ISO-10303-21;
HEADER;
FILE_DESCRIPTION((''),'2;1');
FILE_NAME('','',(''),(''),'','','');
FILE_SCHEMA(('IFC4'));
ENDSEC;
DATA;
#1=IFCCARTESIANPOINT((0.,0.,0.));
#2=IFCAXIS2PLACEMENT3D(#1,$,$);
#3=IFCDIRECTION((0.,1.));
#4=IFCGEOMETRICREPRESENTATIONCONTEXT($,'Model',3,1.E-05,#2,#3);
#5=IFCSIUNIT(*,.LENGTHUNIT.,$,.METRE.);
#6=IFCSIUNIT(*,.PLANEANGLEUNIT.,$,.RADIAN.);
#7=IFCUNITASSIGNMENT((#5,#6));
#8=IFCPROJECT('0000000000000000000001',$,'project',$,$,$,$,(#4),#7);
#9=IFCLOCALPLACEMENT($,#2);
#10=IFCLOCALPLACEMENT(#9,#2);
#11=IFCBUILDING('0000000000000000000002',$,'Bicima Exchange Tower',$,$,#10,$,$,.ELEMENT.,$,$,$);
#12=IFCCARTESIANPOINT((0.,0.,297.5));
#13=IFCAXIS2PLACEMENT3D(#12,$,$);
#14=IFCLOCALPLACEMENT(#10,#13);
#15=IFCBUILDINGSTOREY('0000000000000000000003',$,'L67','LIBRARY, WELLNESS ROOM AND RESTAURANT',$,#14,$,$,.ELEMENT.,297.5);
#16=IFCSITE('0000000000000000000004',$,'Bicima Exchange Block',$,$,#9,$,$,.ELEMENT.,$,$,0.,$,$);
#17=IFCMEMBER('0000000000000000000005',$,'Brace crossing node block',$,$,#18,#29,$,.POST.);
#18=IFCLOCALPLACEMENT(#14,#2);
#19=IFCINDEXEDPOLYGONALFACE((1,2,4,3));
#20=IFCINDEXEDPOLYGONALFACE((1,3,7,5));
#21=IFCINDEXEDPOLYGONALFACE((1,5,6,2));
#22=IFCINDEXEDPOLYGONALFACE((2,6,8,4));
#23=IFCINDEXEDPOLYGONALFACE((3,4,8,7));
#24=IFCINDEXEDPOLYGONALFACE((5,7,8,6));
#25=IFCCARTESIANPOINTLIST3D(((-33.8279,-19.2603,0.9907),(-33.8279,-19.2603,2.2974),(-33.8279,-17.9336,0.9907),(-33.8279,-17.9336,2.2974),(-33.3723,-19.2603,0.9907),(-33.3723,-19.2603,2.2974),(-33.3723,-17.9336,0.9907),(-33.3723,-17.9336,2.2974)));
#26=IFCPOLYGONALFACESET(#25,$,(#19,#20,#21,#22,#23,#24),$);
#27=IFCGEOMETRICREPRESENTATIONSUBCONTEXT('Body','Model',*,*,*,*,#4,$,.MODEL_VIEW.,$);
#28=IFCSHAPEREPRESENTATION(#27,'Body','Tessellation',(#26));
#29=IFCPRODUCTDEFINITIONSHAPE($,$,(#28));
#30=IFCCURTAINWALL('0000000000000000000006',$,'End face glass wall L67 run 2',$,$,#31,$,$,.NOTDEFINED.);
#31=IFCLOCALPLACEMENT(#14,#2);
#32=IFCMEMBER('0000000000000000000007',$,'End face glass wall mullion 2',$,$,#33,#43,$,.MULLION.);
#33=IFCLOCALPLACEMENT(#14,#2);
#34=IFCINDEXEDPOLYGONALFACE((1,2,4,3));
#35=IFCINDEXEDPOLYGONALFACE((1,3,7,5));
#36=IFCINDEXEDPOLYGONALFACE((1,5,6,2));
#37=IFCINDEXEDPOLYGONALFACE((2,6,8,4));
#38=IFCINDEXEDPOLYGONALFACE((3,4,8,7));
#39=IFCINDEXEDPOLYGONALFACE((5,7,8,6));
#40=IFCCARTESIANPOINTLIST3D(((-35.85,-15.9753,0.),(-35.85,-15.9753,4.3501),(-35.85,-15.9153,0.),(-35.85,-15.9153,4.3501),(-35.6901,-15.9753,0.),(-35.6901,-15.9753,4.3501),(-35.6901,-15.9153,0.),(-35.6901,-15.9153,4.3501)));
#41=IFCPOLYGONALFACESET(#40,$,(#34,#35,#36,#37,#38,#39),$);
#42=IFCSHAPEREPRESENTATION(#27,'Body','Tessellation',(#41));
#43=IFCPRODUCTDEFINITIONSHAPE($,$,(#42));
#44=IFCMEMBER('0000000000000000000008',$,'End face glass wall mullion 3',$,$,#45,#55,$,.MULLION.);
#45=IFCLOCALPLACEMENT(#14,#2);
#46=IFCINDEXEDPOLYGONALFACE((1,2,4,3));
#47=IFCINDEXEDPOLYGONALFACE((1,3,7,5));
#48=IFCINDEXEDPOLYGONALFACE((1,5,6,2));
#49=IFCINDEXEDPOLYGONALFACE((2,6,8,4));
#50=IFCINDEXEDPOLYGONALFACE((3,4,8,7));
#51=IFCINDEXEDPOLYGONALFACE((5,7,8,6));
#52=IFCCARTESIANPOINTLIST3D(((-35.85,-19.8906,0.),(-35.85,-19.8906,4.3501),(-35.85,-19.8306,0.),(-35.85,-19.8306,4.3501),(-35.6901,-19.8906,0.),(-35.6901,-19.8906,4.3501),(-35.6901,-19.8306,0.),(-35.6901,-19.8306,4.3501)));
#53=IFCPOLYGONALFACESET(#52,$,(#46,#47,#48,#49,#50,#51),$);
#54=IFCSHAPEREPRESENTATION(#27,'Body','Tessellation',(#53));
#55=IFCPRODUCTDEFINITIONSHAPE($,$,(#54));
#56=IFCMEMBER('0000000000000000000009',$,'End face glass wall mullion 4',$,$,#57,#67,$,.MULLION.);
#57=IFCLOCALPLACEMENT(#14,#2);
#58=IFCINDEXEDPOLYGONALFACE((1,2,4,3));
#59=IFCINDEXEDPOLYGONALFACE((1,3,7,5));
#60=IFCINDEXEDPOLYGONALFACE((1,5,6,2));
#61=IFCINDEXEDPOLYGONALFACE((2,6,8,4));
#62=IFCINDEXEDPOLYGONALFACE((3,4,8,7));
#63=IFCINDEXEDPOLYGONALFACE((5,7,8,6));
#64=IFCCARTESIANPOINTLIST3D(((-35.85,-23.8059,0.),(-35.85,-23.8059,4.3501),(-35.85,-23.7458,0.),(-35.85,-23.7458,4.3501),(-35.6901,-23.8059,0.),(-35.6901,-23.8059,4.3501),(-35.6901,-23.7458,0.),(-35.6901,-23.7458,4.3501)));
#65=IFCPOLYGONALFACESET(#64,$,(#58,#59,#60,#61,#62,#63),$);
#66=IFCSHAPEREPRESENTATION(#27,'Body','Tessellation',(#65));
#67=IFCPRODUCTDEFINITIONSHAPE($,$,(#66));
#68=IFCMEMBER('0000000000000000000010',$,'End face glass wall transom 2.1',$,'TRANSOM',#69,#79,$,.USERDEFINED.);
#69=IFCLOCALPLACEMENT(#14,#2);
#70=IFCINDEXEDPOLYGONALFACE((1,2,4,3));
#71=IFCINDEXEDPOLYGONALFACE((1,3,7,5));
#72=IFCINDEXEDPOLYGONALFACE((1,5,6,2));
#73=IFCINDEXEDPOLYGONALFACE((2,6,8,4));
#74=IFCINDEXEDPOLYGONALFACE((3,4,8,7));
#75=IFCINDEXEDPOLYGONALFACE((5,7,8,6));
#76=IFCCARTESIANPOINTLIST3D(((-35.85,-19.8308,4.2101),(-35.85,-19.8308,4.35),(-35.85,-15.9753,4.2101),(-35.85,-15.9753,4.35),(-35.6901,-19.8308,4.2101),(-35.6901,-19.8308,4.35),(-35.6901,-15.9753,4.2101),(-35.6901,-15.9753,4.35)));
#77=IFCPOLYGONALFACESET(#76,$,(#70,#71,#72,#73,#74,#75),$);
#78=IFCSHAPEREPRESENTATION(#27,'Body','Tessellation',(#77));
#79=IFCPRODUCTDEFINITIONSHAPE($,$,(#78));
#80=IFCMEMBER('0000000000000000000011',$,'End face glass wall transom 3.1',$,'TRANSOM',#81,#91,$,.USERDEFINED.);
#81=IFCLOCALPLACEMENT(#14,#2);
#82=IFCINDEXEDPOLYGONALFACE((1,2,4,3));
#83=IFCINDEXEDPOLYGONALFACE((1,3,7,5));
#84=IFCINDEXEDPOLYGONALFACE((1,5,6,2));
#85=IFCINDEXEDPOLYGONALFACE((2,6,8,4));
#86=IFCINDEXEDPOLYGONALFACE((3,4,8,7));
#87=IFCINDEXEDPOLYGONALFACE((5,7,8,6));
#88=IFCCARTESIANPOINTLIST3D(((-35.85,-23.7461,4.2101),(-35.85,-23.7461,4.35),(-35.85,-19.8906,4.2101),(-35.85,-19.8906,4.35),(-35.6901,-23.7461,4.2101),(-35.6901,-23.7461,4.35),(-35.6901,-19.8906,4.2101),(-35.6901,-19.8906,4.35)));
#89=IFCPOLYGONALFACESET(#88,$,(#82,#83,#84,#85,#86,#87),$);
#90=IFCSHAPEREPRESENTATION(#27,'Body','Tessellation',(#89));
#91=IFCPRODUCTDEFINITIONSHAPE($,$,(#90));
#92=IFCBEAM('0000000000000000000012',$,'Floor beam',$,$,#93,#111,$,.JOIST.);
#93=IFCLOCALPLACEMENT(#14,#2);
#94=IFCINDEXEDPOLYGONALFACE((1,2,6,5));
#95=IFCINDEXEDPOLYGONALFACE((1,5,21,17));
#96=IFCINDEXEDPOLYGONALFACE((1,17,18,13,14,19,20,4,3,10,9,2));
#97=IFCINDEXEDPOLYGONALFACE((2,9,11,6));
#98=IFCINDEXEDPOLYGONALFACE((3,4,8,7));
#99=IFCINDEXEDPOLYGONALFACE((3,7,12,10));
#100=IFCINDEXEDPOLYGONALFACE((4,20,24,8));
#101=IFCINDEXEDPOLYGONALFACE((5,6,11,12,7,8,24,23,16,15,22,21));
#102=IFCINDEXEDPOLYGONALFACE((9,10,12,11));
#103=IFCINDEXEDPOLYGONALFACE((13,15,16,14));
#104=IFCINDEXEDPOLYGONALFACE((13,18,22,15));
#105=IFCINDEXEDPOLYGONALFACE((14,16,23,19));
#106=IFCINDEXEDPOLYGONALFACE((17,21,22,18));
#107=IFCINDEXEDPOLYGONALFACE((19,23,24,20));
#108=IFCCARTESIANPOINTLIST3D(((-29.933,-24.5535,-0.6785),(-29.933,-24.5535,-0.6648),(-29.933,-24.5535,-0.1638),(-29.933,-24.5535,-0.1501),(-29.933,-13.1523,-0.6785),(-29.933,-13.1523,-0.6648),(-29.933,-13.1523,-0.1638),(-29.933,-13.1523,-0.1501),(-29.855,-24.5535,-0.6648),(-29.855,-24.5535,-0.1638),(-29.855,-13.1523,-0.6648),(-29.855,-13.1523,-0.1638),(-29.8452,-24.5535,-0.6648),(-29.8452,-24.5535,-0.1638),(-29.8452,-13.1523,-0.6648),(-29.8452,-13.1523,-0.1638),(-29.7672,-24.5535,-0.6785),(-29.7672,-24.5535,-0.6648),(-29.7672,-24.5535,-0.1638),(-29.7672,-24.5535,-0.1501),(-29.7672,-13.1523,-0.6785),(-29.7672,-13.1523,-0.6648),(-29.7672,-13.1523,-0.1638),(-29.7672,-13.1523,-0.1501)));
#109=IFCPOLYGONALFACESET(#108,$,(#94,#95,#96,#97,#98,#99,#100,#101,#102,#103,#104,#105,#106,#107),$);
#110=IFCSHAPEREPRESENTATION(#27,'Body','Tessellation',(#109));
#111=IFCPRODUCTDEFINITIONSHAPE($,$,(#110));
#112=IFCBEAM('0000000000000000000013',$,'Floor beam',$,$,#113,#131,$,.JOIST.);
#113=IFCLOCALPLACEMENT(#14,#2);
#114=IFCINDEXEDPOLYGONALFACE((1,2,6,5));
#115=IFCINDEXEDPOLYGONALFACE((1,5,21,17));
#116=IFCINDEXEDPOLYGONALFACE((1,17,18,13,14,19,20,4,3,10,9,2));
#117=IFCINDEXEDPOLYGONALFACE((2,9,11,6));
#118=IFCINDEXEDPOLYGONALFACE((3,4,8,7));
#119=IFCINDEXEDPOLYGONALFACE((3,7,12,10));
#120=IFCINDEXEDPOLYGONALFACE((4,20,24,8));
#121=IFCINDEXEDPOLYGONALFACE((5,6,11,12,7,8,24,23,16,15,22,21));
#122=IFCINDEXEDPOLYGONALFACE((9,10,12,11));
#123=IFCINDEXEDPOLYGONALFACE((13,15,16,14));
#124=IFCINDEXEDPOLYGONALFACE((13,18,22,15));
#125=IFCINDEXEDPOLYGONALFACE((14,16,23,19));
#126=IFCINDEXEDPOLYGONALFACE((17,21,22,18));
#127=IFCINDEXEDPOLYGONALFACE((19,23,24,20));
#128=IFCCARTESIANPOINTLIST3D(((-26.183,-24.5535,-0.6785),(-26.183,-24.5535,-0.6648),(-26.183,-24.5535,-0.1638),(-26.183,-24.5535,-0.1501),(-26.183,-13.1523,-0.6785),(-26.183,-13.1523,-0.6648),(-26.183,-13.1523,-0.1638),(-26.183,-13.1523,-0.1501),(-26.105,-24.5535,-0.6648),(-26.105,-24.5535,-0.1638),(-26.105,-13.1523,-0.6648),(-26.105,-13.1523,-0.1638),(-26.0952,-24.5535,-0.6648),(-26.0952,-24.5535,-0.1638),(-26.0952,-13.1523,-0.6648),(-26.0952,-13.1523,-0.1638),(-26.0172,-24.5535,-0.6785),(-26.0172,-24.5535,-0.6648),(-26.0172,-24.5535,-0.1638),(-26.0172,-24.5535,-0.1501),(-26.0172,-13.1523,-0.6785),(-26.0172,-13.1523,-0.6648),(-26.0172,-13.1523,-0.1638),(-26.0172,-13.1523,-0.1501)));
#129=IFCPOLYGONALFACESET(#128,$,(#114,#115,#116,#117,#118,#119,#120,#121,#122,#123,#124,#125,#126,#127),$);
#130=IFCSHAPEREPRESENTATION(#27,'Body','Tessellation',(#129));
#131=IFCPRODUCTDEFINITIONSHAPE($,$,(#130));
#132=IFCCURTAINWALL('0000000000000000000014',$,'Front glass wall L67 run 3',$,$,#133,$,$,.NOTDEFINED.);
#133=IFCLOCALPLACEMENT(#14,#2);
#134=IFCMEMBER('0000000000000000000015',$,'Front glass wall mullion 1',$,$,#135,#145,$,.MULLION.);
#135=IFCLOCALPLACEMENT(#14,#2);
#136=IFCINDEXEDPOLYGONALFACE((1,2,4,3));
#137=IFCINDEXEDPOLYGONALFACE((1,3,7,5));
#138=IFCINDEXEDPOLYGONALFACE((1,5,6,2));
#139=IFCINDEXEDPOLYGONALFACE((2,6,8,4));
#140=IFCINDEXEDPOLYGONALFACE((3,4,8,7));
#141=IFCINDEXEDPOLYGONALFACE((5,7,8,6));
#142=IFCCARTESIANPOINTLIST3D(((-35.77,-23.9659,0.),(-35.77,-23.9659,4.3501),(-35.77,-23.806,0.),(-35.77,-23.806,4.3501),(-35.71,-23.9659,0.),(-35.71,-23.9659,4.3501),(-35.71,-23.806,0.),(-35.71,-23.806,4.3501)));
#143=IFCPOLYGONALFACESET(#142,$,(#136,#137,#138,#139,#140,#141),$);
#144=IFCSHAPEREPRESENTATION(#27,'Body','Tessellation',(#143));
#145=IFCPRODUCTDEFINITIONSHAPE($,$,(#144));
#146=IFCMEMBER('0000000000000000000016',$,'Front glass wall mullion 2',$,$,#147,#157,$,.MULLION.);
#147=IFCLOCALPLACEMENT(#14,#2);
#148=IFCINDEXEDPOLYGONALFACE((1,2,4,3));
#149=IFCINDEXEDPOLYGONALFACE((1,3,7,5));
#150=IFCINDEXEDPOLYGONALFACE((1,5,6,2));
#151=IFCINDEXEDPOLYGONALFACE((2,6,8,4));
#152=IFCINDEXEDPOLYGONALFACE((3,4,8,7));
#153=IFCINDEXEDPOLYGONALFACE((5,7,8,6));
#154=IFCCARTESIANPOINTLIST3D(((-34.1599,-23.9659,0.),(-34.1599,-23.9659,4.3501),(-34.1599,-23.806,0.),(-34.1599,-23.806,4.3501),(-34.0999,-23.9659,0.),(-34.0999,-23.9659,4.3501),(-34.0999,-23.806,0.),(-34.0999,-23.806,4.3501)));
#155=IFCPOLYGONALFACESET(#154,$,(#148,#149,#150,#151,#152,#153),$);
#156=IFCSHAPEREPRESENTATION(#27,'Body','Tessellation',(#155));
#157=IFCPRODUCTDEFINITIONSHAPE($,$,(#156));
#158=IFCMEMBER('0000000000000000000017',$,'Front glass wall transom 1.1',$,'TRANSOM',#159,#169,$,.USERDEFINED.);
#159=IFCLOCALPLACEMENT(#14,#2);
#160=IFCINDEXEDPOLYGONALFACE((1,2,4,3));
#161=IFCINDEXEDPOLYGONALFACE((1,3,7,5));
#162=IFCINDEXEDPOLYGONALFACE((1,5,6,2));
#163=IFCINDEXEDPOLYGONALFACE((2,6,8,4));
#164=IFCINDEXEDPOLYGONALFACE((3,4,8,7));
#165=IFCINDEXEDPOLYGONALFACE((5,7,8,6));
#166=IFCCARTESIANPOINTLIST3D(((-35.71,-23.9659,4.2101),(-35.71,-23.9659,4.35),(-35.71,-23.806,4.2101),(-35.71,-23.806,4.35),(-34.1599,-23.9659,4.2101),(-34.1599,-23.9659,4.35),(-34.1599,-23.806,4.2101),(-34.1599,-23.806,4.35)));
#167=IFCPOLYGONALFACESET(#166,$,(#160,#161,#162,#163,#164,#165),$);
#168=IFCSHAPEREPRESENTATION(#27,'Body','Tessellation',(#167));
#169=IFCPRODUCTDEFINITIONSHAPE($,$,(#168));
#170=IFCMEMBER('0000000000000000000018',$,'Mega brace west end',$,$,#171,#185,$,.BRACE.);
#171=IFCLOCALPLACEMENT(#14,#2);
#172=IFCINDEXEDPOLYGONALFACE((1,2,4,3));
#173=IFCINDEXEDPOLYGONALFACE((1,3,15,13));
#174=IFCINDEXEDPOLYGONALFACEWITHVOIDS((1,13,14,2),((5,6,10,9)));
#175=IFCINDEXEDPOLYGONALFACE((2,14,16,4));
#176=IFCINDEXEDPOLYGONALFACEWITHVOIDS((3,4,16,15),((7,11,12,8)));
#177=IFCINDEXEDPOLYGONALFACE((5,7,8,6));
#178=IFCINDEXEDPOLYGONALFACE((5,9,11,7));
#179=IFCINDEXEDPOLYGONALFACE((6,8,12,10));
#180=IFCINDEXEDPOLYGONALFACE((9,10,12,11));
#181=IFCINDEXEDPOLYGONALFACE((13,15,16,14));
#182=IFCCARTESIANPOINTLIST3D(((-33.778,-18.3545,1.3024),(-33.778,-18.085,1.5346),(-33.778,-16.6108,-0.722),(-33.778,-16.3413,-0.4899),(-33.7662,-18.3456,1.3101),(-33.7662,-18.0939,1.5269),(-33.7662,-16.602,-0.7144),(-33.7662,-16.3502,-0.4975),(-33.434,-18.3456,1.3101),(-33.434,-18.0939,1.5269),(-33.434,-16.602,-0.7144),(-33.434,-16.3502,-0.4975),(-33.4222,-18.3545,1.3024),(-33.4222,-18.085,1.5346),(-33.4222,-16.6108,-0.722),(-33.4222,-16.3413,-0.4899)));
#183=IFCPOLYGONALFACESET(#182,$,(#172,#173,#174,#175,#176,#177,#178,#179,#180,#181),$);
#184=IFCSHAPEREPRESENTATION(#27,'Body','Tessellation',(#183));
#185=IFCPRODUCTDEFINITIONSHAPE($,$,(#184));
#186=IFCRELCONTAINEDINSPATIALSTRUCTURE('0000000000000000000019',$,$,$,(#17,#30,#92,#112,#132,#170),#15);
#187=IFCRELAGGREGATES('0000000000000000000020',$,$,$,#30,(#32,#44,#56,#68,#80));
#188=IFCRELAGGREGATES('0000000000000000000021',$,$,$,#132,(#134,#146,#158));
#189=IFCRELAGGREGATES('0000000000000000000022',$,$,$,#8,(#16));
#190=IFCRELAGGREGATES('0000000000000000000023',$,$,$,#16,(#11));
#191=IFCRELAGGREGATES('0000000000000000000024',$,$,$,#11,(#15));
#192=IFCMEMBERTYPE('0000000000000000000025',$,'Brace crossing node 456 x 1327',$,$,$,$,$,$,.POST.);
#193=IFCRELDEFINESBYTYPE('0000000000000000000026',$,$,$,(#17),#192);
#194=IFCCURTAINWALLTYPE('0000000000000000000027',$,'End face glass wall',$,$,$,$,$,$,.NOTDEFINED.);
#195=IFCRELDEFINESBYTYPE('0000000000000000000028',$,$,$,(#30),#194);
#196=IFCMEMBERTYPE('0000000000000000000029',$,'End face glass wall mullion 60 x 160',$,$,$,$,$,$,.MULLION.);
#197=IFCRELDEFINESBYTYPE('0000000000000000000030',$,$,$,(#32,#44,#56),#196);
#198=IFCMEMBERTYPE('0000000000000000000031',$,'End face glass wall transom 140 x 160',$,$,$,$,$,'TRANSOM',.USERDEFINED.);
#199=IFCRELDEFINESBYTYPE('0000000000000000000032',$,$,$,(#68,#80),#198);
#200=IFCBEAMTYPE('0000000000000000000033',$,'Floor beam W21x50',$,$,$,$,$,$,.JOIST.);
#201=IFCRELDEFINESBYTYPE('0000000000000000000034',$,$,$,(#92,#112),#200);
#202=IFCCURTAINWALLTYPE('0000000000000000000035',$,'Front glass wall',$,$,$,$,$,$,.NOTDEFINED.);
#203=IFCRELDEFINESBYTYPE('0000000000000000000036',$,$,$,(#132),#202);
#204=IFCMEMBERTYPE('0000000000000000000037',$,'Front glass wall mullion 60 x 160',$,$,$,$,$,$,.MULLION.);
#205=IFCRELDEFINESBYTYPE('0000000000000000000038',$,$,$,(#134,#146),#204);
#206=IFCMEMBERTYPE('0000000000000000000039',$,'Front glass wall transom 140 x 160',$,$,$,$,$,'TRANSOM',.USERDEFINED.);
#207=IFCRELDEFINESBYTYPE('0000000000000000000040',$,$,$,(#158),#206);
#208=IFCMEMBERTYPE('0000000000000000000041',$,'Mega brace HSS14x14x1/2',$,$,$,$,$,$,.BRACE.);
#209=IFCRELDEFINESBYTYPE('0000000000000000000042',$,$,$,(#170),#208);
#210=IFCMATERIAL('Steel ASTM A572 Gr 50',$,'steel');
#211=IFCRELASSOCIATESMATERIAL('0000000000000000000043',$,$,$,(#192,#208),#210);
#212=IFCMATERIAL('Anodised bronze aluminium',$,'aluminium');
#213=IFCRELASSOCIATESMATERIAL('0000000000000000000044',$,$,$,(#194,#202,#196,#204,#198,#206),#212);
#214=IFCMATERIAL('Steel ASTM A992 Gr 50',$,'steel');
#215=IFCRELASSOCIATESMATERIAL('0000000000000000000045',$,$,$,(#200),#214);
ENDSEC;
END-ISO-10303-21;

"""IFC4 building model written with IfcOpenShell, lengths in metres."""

from ifc_helpers import new_model, si_unit, direction, frame, origin, origin_2d, place, context, subcontext, project, spatial, rectangle, hollow_rectangle, i_section, extrude, material, material_profile, profile_set, type_object, element, aggregate, save


model = new_model("IFC4")

# Units and contexts
model_context = context("Model", 3, precision=1e-05, world=origin(), true_north=direction((0.0, 1.0)))
body_context = subcontext(model_context, "Body", "Model", "MODEL_VIEW")
ifc_project = project(units=[si_unit("LENGTHUNIT", "METRE"), si_unit("PLANEANGLEUNIT", "RADIAN")], contexts=[model_context])

# Site, building, storey
site_placement = place(None, origin())
site = spatial("IfcSite", under=ifc_project, at=site_placement, Name="Bicima Exchange Block", CompositionType="ELEMENT", RefElevation=0.0)
building_placement = place(site_placement, origin())
building = spatial("IfcBuilding", under=site, at=building_placement, Name="Bicima Exchange Tower", CompositionType="ELEMENT")
storey_placement = place(building_placement, frame((0.0, 0.0, 297.5)))
storey = spatial("IfcBuildingStorey", under=building, at=storey_placement, Name="L67", Description="LIBRARY, WELLNESS ROOM AND RESTAURANT", CompositionType="ELEMENT", Elevation=297.5)

# Member
ifc_material_1 = material(Name="Steel ASTM A572 Gr 50", Category="steel")
ifc_material_profile_1 = material_profile(ifc_material_1, rectangle(XDim=0.4556, YDim=1.3267, at=origin_2d()))
ifc_profile_set_1 = profile_set([ifc_material_profile_1], Name="Steel ASTM A572 Gr 50")
member_type_1 = type_object("IfcMemberType", Name="Brace crossing node 456 x 1327", PredefinedType="POST", material=ifc_profile_set_1)
member_1_placement = place(storey_placement, frame((-33.6001, -18.5969, 0.9907), z_axis=(0.0, 0.0, 1.0), x_axis=(1.0, 0.0, 0.0)))
element("IfcMember", 1, at=member_1_placement, inside=storey, type_object=member_type_1, Name="Brace crossing node block", PredefinedType="POST", context=body_context, shape_type="SweptSolid", body=[
    extrude(rectangle(XDim=0.4556, YDim=1.3267, at=origin_2d()), origin(), (0.0, 0.0, 1.0), 1.3066),
])

# Curtain wall, members
ifc_material_2 = material(Name="Anodised bronze aluminium", Category="aluminium")
curtain_wall_type_1 = type_object("IfcCurtainWallType", Name="End face glass wall", PredefinedType="NOTDEFINED", material=ifc_material_2)
curtain_wall_1_placement = place(storey_placement, origin())
curtain_wall_1 = element("IfcCurtainWall", 2, at=curtain_wall_1_placement, inside=storey, type_object=curtain_wall_type_1, Name="End face glass wall L67 run 2", PredefinedType="NOTDEFINED")
ifc_material_profile_2 = material_profile(ifc_material_2, rectangle(XDim=0.1599, YDim=0.0601, at=origin_2d()))
ifc_profile_set_2 = profile_set([ifc_material_profile_2], Name="Anodised bronze aluminium")
member_type_2 = type_object("IfcMemberType", Name="End face glass wall mullion 60 x 160", PredefinedType="MULLION", material=ifc_profile_set_2)
member_2_placement = place(storey_placement, frame((-35.77, -15.9453, 0.0), z_axis=(0.0, 0.0, 1.0), x_axis=(1.0, 0.0, 0.0)))
member_2 = element("IfcMember", 3, at=member_2_placement, type_object=member_type_2, Name="End face glass wall mullion 2", PredefinedType="MULLION", context=body_context, shape_type="SweptSolid", body=[
    extrude(rectangle(XDim=0.1599, YDim=0.0601, at=origin_2d()), origin(), (0.0, 0.0, 1.0), 4.3501),
])
member_3_placement = place(storey_placement, frame((-35.77, -19.8606, 0.0), z_axis=(0.0, 0.0, 1.0), x_axis=(1.0, 0.0, 0.0)))
member_3 = element("IfcMember", 4, at=member_3_placement, type_object=member_type_2, Name="End face glass wall mullion 3", PredefinedType="MULLION", context=body_context, shape_type="SweptSolid", body=[
    extrude(rectangle(XDim=0.1599, YDim=0.0601, at=origin_2d()), origin(), (0.0, 0.0, 1.0), 4.3501),
])
member_4_placement = place(storey_placement, frame((-35.77, -23.7759, 0.0), z_axis=(0.0, 0.0, 1.0), x_axis=(1.0, 0.0, 0.0)))
member_4 = element("IfcMember", 5, at=member_4_placement, type_object=member_type_2, Name="End face glass wall mullion 4", PredefinedType="MULLION", context=body_context, shape_type="SweptSolid", body=[
    extrude(rectangle(XDim=0.1599, YDim=0.0601, at=origin_2d()), origin(), (0.0, 0.0, 1.0), 4.3501),
])
ifc_material_profile_3 = material_profile(ifc_material_2, rectangle(XDim=0.1599, YDim=0.1399, at=origin_2d()))
ifc_profile_set_3 = profile_set([ifc_material_profile_3], Name="Anodised bronze aluminium")
member_type_3 = type_object("IfcMemberType", Name="End face glass wall transom 140 x 160", ElementType="TRANSOM", PredefinedType="USERDEFINED", material=ifc_profile_set_3)
member_5_placement = place(storey_placement, frame((-35.77, -15.9753, 4.28), z_axis=(0.0, -1.0, 0.0), x_axis=(1.0, 0.0, 0.0)))
member_5 = element("IfcMember", 6, at=member_5_placement, type_object=member_type_3, Name="End face glass wall transom 2.1", ObjectType="TRANSOM", PredefinedType="USERDEFINED", context=body_context, shape_type="SweptSolid", body=[
    extrude(rectangle(XDim=0.1599, YDim=0.1399, at=origin_2d()), origin(), (0.0, 0.0, 1.0), 3.8555),
])
member_6_placement = place(storey_placement, frame((-35.77, -19.8906, 4.28), z_axis=(0.0, -1.0, 0.0), x_axis=(1.0, 0.0, 0.0)))
member_6 = element("IfcMember", 7, at=member_6_placement, type_object=member_type_3, Name="End face glass wall transom 3.1", ObjectType="TRANSOM", PredefinedType="USERDEFINED", context=body_context, shape_type="SweptSolid", body=[
    extrude(rectangle(XDim=0.1599, YDim=0.1399, at=origin_2d()), origin(), (0.0, 0.0, 1.0), 3.8555),
])

# Beams
ifc_material_3 = material(Name="Steel ASTM A992 Gr 50", Category="steel")
ifc_material_profile_4 = material_profile(ifc_material_3, i_section(OverallWidth=0.1658, OverallDepth=0.5283, WebThickness=0.0098, FlangeThickness=0.0137, at=origin_2d()))
ifc_profile_set_4 = profile_set([ifc_material_profile_4], Name="Steel ASTM A992 Gr 50")
beam_type = type_object("IfcBeamType", Name="Floor beam W21x50", PredefinedType="JOIST", material=ifc_profile_set_4)
for number, where, z_axis, x_axis, name in (
    (8, (-29.8501, -13.1523, -0.4143), (0.0, -1.0, 0.0), (1.0, 0.0, 0.0), "Floor beam"),
    (9, (-26.1001, -13.1523, -0.4143), (0.0, -1.0, 0.0), (1.0, 0.0, 0.0), "Floor beam"),
):
    element("IfcBeam", number, at=place(storey_placement, frame(where, z_axis=z_axis, x_axis=x_axis)), inside=storey, type_object=beam_type, Name=name, PredefinedType="JOIST", context=body_context, shape_type="SweptSolid", body=[
        extrude(i_section(OverallWidth=0.1658, OverallDepth=0.5283, WebThickness=0.0098, FlangeThickness=0.0137, at=origin_2d()), origin(), (0.0, 0.0, 1.0), 11.4011),
    ])

# Curtain wall, members
curtain_wall_type_2 = type_object("IfcCurtainWallType", Name="Front glass wall", PredefinedType="NOTDEFINED", material=ifc_material_2)
curtain_wall_2_placement = place(storey_placement, origin())
curtain_wall_2 = element("IfcCurtainWall", 10, at=curtain_wall_2_placement, inside=storey, type_object=curtain_wall_type_2, Name="Front glass wall L67 run 3", PredefinedType="NOTDEFINED")
member_type_4 = type_object("IfcMemberType", Name="Front glass wall mullion 60 x 160", PredefinedType="MULLION", material=ifc_profile_set_2)
member_7_placement = place(storey_placement, frame((-35.74, -23.886, 0.0), z_axis=(0.0, 0.0, 1.0), x_axis=(0.0, 1.0, 0.0)))
member_7 = element("IfcMember", 11, at=member_7_placement, type_object=member_type_4, Name="Front glass wall mullion 1", PredefinedType="MULLION", context=body_context, shape_type="SweptSolid", body=[
    extrude(rectangle(XDim=0.1599, YDim=0.0601, at=origin_2d()), origin(), (0.0, 0.0, 1.0), 4.3501),
])
member_8_placement = place(storey_placement, frame((-34.1299, -23.886, 0.0), z_axis=(0.0, 0.0, 1.0), x_axis=(0.0, 1.0, 0.0)))
member_8 = element("IfcMember", 12, at=member_8_placement, type_object=member_type_4, Name="Front glass wall mullion 2", PredefinedType="MULLION", context=body_context, shape_type="SweptSolid", body=[
    extrude(rectangle(XDim=0.1599, YDim=0.0601, at=origin_2d()), origin(), (0.0, 0.0, 1.0), 4.3501),
])
member_type_5 = type_object("IfcMemberType", Name="Front glass wall transom 140 x 160", ElementType="TRANSOM", PredefinedType="USERDEFINED", material=ifc_profile_set_3)
member_9_placement = place(storey_placement, frame((-35.71, -23.886, 4.28), z_axis=(1.0, 0.0, 0.0), x_axis=(0.0, 1.0, 0.0)))
member_9 = element("IfcMember", 13, at=member_9_placement, type_object=member_type_5, Name="Front glass wall transom 1.1", ObjectType="TRANSOM", PredefinedType="USERDEFINED", context=body_context, shape_type="SweptSolid", body=[
    extrude(rectangle(XDim=0.1599, YDim=0.1399, at=origin_2d()), origin(), (0.0, 0.0, 1.0), 1.55),
])

# Member
ifc_material_profile_5 = material_profile(ifc_material_1, hollow_rectangle(XDim=0.3557, YDim=0.3557, WallThickness=0.0117, at=origin_2d()))
ifc_profile_set_5 = profile_set([ifc_material_profile_5], Name="Steel ASTM A572 Gr 50")
member_type_6 = type_object("IfcMemberType", Name="Mega brace HSS14x14x1/2", PredefinedType="BRACE", material=ifc_profile_set_5)
for number, where, z_axis, x_axis, name in (
    (14, (-33.6001, -16.4761, -0.606), (0.0, -0.652611, 0.757693), (1.0, 0.0, 0.0), "Mega brace west end"),
):
    element("IfcMember", number, at=place(storey_placement, frame(where, z_axis=z_axis, x_axis=x_axis)), inside=storey, type_object=member_type_6, Name=name, PredefinedType="BRACE", context=body_context, shape_type="SweptSolid", body=[
        extrude(hollow_rectangle(XDim=0.3557, YDim=0.3557, WallThickness=0.0117, at=origin_2d()), origin(), (0.0, 0.0, 1.0), 2.6719),
    ])

aggregate(curtain_wall_1, [member_2, member_3, member_4, member_5, member_6])
aggregate(curtain_wall_2, [member_7, member_8, member_9])

save(model, "model.ifc")
